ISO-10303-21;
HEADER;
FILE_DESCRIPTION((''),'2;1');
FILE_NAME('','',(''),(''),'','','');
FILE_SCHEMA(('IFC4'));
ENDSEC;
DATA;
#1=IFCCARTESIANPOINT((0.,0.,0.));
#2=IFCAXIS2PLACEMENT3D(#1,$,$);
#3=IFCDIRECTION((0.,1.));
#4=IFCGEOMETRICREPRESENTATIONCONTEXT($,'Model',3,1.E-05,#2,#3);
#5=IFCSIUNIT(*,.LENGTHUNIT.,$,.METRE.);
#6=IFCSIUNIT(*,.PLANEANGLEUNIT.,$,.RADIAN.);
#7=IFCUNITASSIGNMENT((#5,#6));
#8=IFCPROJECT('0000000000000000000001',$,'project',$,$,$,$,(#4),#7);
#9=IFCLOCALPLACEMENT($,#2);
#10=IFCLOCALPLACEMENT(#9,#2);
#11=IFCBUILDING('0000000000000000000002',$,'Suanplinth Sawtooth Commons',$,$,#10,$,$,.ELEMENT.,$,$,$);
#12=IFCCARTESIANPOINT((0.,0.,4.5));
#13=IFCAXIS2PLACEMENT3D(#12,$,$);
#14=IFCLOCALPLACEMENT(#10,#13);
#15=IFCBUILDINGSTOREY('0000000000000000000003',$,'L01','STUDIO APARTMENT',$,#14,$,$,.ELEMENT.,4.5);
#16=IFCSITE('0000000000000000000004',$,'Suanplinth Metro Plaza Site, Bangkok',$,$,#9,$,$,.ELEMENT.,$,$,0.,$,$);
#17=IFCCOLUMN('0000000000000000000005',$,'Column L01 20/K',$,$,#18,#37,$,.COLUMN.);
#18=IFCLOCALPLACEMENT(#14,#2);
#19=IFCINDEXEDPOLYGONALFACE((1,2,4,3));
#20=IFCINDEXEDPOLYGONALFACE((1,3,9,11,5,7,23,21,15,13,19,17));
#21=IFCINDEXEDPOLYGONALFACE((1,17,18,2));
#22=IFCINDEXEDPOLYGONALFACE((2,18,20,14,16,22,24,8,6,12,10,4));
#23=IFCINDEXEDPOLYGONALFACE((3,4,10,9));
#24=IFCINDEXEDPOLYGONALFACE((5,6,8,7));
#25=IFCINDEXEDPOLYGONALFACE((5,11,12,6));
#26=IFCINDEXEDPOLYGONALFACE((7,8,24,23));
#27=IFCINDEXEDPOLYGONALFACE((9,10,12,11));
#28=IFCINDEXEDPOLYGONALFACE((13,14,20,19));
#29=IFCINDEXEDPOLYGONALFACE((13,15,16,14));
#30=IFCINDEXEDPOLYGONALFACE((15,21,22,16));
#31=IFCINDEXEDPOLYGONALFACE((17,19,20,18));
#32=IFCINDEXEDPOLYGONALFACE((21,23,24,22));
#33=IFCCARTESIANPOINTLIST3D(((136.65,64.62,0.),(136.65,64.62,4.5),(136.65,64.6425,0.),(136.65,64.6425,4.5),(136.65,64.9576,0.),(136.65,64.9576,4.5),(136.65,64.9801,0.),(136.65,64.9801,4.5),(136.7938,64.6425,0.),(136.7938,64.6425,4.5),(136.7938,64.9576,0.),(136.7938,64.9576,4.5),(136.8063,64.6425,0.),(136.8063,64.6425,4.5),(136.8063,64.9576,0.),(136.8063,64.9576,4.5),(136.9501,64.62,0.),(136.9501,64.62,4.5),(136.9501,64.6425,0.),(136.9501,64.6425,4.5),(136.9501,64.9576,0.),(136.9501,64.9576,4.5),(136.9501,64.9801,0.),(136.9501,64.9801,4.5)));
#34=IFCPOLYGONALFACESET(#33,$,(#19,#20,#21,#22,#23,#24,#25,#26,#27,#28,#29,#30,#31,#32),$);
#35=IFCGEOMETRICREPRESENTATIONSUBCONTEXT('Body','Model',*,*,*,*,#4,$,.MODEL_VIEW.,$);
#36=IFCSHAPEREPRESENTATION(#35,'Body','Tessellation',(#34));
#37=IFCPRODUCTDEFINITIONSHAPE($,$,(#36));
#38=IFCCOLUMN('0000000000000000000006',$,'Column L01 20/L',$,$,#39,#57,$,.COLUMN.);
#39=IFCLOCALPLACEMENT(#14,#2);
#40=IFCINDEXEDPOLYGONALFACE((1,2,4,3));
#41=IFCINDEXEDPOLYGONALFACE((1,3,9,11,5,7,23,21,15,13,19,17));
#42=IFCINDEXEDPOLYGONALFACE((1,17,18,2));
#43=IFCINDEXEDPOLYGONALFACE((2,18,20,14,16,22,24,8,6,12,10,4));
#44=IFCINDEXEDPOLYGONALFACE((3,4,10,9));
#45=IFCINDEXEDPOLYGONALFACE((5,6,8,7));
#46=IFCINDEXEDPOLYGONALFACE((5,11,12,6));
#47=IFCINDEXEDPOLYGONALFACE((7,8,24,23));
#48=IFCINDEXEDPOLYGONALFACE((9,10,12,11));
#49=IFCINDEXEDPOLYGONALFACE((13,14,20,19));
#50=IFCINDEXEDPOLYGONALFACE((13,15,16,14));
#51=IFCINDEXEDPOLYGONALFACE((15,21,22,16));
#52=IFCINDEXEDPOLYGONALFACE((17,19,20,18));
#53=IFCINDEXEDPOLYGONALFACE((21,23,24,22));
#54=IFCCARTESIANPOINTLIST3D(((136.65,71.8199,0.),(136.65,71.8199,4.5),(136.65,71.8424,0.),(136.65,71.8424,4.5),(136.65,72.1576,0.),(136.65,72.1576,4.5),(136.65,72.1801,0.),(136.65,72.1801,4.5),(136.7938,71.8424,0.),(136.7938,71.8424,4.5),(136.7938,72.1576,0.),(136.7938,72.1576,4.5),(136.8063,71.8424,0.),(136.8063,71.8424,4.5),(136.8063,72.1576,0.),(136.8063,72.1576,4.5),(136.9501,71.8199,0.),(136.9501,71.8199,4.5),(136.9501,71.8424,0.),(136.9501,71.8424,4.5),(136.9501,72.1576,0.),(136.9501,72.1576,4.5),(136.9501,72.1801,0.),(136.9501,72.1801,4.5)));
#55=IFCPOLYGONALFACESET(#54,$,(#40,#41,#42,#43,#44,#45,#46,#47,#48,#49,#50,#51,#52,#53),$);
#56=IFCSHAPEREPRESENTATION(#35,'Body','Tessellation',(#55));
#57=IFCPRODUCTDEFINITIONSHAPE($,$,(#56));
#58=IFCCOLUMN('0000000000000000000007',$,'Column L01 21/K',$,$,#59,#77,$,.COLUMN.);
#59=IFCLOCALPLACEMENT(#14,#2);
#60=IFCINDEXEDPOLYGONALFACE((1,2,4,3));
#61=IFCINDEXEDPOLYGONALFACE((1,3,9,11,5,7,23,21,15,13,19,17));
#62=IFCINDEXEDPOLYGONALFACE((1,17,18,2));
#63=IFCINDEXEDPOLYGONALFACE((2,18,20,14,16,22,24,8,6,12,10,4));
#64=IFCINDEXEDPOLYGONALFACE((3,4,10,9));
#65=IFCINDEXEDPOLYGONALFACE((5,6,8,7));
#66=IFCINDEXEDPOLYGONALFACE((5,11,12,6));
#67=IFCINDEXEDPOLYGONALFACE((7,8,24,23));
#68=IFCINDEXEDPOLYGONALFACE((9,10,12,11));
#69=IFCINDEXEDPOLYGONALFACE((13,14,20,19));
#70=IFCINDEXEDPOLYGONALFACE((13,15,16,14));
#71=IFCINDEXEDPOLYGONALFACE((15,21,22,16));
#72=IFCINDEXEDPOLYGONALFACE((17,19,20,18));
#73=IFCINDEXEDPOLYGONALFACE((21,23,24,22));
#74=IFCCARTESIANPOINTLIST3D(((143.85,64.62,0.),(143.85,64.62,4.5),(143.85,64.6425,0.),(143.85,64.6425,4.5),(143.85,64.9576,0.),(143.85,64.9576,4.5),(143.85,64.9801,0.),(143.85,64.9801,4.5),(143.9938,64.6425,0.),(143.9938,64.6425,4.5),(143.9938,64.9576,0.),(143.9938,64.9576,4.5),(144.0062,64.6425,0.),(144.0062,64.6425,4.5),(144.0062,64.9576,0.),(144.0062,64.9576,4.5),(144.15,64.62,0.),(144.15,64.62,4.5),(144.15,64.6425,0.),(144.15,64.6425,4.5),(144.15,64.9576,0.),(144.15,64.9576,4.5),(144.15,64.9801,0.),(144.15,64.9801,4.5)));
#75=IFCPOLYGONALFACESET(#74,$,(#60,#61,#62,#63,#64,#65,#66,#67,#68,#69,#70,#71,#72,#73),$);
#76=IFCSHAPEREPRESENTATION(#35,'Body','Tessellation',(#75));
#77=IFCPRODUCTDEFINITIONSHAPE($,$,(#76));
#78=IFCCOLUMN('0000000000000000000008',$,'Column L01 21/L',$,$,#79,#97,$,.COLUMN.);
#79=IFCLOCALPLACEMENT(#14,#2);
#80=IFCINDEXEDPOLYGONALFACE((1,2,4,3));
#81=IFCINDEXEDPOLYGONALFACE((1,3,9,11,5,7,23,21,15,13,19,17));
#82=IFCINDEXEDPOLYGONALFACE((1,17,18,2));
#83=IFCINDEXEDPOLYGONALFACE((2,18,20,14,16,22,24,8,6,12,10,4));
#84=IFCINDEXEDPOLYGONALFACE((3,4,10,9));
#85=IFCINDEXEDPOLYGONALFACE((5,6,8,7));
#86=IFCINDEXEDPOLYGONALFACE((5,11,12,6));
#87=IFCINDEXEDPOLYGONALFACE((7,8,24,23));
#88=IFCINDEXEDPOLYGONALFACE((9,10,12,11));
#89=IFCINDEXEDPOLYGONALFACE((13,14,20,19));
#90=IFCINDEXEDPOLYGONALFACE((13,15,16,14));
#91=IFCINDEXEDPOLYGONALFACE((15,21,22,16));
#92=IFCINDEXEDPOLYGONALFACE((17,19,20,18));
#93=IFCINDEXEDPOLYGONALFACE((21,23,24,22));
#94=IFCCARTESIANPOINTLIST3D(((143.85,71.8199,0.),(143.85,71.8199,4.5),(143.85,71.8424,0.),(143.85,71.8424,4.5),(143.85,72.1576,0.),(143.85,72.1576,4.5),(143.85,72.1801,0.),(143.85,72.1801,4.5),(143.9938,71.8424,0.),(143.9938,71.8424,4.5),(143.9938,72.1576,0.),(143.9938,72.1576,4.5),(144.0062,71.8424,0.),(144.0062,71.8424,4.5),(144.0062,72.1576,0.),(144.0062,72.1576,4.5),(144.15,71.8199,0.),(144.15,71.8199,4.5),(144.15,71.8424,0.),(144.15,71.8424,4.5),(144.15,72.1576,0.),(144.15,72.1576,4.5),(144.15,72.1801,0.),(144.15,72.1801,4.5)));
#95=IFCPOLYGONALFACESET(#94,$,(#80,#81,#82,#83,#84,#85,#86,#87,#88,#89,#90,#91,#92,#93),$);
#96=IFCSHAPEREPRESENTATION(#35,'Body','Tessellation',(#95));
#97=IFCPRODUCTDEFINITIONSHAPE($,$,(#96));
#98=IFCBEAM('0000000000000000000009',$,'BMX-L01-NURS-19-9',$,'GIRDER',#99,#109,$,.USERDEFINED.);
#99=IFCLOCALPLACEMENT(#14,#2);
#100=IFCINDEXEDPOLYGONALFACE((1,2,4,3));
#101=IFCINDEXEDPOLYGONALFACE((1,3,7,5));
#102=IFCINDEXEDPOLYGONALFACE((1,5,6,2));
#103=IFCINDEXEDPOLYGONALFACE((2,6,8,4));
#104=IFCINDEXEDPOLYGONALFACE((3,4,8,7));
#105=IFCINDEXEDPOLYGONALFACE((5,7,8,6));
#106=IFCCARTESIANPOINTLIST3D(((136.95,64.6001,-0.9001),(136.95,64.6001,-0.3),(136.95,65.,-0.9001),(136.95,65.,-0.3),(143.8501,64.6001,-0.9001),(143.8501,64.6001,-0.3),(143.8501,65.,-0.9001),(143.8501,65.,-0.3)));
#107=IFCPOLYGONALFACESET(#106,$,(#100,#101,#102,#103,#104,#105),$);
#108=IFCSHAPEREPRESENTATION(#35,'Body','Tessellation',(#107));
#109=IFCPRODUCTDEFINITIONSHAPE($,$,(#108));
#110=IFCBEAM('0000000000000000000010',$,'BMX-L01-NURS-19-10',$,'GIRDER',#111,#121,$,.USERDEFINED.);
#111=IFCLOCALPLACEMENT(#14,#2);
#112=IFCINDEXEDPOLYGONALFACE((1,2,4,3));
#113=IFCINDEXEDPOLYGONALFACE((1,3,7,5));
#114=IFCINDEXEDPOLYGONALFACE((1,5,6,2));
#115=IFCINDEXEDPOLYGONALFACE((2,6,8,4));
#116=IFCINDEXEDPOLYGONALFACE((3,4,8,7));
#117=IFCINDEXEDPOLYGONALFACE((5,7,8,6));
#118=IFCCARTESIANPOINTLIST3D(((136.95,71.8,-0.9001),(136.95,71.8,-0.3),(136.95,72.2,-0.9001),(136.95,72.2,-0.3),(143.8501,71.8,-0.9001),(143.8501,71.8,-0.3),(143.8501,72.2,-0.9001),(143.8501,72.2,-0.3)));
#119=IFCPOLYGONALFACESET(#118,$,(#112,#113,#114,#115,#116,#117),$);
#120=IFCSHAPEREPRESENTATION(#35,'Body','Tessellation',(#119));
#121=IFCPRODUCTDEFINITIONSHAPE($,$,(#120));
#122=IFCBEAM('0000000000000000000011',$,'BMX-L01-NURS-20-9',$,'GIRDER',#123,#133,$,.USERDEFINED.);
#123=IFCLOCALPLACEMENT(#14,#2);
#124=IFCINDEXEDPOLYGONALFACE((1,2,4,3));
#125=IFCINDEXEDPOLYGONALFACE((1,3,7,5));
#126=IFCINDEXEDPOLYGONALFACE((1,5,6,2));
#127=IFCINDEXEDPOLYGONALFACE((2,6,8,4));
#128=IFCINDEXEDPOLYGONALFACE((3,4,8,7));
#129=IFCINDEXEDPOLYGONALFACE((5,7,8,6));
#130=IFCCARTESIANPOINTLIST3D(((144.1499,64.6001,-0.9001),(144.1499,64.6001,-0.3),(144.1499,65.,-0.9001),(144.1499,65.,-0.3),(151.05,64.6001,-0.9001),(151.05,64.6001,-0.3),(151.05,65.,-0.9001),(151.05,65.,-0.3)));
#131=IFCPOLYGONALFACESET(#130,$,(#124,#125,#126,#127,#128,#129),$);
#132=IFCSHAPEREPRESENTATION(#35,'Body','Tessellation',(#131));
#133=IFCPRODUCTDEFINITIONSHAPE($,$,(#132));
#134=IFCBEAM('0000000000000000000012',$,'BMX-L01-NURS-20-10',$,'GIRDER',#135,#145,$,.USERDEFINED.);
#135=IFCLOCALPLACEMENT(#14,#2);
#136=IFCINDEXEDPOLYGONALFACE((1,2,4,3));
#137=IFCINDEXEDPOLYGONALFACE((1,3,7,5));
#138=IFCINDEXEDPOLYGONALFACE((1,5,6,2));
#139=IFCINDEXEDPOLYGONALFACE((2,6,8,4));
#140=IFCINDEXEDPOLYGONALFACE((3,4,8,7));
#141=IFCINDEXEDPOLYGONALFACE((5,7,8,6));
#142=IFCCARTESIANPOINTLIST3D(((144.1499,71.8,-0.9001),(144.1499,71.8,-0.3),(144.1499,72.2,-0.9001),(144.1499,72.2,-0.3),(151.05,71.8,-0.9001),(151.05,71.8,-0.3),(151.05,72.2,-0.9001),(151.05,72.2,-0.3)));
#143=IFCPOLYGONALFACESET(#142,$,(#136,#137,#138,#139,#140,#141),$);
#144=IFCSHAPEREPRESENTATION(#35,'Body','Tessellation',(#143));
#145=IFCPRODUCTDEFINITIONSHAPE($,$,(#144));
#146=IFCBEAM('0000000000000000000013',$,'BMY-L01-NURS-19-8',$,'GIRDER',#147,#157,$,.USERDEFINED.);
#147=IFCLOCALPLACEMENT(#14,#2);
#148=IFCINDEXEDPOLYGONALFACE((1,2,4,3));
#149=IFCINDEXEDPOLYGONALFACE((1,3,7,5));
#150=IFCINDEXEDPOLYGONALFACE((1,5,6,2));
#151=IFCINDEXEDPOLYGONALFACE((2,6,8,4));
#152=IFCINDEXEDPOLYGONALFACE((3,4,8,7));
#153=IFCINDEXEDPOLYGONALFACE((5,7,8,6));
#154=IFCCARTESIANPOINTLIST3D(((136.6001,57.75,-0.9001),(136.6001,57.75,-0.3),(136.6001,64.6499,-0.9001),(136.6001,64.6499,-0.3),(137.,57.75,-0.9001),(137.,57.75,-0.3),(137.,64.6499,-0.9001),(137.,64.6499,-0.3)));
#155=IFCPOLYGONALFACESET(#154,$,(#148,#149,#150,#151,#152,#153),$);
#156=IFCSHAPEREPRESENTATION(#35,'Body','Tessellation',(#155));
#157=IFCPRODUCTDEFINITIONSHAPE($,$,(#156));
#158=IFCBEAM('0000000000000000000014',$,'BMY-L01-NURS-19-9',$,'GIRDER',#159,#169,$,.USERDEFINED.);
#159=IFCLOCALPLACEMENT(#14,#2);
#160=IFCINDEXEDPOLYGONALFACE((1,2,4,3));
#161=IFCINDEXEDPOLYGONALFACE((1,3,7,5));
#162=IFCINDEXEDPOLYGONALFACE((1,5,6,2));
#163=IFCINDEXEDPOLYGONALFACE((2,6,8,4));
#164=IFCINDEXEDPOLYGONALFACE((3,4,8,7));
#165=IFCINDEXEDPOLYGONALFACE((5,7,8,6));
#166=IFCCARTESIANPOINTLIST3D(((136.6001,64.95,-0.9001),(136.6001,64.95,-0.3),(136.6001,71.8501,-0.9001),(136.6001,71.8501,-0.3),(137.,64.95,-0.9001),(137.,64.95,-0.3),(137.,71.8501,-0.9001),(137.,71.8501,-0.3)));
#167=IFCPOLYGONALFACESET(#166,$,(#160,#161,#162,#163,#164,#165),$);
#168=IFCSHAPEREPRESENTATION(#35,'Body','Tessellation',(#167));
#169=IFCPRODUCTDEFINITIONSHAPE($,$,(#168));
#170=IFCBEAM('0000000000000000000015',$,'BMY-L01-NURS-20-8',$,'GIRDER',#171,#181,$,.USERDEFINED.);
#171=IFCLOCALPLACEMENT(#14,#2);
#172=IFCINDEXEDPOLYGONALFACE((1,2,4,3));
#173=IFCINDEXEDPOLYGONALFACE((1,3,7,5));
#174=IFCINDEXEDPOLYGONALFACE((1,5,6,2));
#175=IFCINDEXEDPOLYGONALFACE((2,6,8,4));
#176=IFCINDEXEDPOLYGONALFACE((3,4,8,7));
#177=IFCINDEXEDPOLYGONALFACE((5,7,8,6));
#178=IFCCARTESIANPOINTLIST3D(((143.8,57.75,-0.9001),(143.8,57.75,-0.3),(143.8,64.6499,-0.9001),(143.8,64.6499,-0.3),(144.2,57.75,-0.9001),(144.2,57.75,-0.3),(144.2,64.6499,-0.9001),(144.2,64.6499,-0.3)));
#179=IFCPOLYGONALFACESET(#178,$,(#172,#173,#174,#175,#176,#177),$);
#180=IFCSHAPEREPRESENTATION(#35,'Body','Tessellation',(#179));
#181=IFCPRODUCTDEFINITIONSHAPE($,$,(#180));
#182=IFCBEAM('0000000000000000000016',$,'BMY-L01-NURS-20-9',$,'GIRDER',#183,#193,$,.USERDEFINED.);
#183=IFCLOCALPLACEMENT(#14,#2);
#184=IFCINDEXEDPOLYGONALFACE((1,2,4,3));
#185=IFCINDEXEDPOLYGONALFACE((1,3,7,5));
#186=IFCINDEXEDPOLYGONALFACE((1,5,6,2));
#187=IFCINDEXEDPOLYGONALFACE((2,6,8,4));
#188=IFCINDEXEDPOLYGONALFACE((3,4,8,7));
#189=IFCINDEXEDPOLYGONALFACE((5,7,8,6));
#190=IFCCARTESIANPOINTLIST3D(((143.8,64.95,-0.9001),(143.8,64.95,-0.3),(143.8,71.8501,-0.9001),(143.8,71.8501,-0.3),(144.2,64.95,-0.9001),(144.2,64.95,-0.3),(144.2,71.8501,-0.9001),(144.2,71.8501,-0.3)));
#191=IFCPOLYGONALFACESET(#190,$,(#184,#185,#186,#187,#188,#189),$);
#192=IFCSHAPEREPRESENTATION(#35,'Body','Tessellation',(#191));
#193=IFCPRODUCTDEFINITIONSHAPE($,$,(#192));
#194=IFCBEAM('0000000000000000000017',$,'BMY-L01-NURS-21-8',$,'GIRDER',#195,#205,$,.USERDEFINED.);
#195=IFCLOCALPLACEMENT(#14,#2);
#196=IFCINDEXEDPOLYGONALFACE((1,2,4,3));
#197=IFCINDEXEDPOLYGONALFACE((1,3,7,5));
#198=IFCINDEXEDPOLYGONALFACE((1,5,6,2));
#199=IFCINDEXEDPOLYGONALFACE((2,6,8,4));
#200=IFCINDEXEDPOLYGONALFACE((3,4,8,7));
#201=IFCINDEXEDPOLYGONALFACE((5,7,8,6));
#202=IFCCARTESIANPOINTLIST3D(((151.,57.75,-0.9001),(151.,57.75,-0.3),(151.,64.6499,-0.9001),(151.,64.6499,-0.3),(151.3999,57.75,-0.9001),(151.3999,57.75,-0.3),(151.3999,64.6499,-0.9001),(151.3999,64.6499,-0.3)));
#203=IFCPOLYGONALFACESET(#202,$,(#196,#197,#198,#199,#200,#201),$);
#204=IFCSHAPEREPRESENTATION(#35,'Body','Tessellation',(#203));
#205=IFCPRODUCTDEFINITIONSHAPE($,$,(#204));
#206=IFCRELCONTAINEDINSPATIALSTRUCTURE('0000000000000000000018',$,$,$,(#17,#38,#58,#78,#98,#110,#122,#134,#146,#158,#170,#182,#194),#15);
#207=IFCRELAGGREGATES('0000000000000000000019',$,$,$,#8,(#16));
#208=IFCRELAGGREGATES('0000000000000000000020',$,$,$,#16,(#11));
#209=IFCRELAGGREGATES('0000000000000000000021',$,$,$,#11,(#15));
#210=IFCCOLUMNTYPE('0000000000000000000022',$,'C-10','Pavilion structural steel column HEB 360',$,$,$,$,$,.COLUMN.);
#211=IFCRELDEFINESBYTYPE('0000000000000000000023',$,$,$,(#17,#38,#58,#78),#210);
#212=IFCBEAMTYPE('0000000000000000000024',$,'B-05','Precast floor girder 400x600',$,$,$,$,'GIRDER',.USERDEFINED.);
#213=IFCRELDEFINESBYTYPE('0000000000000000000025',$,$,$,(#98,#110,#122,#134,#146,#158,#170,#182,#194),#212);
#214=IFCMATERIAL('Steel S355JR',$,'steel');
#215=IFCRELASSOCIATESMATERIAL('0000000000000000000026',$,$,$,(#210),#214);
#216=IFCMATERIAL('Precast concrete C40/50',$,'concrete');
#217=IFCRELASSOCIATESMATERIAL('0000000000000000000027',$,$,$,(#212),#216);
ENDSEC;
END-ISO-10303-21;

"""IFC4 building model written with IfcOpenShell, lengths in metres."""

from ifc_helpers import new_model, si_unit, direction, frame, origin, origin_2d, place, context, subcontext, project, spatial, rectangle, i_section, extrude, material, material_profile, profile_set, type_object, element, save


model = new_model("IFC4")

# Units and contexts
model_context = context("Model", 3, precision=1e-05, world=origin(), true_north=direction((0.0, 1.0)))
body_context = subcontext(model_context, "Body", "Model", "MODEL_VIEW")
ifc_project = project(units=[si_unit("LENGTHUNIT", "METRE"), si_unit("PLANEANGLEUNIT", "RADIAN")], contexts=[model_context])

# Site, building, storey
site_placement = place(None, origin())
site = spatial("IfcSite", under=ifc_project, at=site_placement, Name="Suanplinth Metro Plaza Site, Bangkok", CompositionType="ELEMENT", RefElevation=0.0)
building_placement = place(site_placement, origin())
building = spatial("IfcBuilding", under=site, at=building_placement, Name="Suanplinth Sawtooth Commons", CompositionType="ELEMENT")
storey_placement = place(building_placement, frame((0.0, 0.0, 4.5)))
storey = spatial("IfcBuildingStorey", under=building, at=storey_placement, Name="L01", Description="STUDIO APARTMENT", CompositionType="ELEMENT", Elevation=4.5)

# Columns
ifc_material_1 = material(Name="Steel S355JR", Category="steel")
ifc_material_profile_1 = material_profile(ifc_material_1, i_section(OverallWidth=0.3, OverallDepth=0.3601, WebThickness=0.0125, FlangeThickness=0.0225, at=origin_2d()), Name="HEB 360")
ifc_profile_set_1 = profile_set([ifc_material_profile_1], Name="Steel S355JR")
column_type = type_object("IfcColumnType", Name="C-10", Description="Pavilion structural steel column HEB 360", PredefinedType="COLUMN", material=ifc_profile_set_1)
for number, where, z_axis, x_axis, name in (
    (1, (136.8, 64.8, 0.0), (0.0, 0.0, 1.0), (1.0, 0.0, 0.0), "Column L01 20/K"),
    (2, (136.8, 72.0, 0.0), (0.0, 0.0, 1.0), (1.0, 0.0, 0.0), "Column L01 20/L"),
    (3, (144.0, 64.8, 0.0), (0.0, 0.0, 1.0), (1.0, 0.0, 0.0), "Column L01 21/K"),
    (4, (144.0, 72.0, 0.0), (0.0, 0.0, 1.0), (1.0, 0.0, 0.0), "Column L01 21/L"),
):
    element("IfcColumn", number, at=place(storey_placement, frame(where, z_axis=z_axis, x_axis=x_axis)), inside=storey, type_object=column_type, Name=name, PredefinedType="COLUMN", context=body_context, shape_type="SweptSolid", body=[
        extrude(i_section(OverallWidth=0.3, OverallDepth=0.3601, WebThickness=0.0125, FlangeThickness=0.0225, at=origin_2d()), origin(), (0.0, 0.0, 1.0), 4.5),
    ])

# Beams
ifc_material_2 = material(Name="Precast concrete C40/50", Category="concrete")
ifc_material_profile_2 = material_profile(ifc_material_2, rectangle(XDim=0.3999, YDim=0.6001, at=origin_2d()), Name="PC-GDR 400x600")
ifc_profile_set_2 = profile_set([ifc_material_profile_2], Name="Precast concrete C40/50")
beam_type = type_object("IfcBeamType", Name="B-05", Description="Precast floor girder 400x600", ElementType="GIRDER", PredefinedType="USERDEFINED", material=ifc_profile_set_2)
for number, where, z_axis, x_axis, name in (
    (5, (136.95, 64.8, -0.6001), (1.0, 0.0, 0.0), (0.0, 1.0, 0.0), "BMX-L01-NURS-19-9"),
    (6, (136.95, 72.0, -0.6001), (1.0, 0.0, 0.0), (0.0, 1.0, 0.0), "BMX-L01-NURS-19-10"),
    (7, (144.1499, 64.8, -0.6001), (1.0, 0.0, 0.0), (0.0, 1.0, 0.0), "BMX-L01-NURS-20-9"),
    (8, (144.1499, 72.0, -0.6001), (1.0, 0.0, 0.0), (0.0, 1.0, 0.0), "BMX-L01-NURS-20-10"),
):
    element("IfcBeam", number, at=place(storey_placement, frame(where, z_axis=z_axis, x_axis=x_axis)), inside=storey, type_object=beam_type, Name=name, ObjectType="GIRDER", PredefinedType="USERDEFINED", context=body_context, shape_type="SweptSolid", body=[
        extrude(rectangle(XDim=0.3999, YDim=0.6001, at=origin_2d()), origin(), (0.0, 0.0, 1.0), 6.9001),
    ])
beam_1_placement = place(storey_placement, frame((136.8, 57.75, -0.6001), z_axis=(0.0, 1.0, 0.0), x_axis=(-1.0, 0.0, 0.0)))
element("IfcBeam", 9, at=beam_1_placement, inside=storey, type_object=beam_type, Name="BMY-L01-NURS-19-8", ObjectType="GIRDER", PredefinedType="USERDEFINED", context=body_context, shape_type="SweptSolid", body=[
    extrude(rectangle(XDim=0.3999, YDim=0.6001, at=origin_2d()), origin(), (0.0, 0.0, 1.0), 6.8999),
])
beam_2_placement = place(storey_placement, frame((136.8, 64.95, -0.6001), z_axis=(0.0, 1.0, 0.0), x_axis=(-1.0, 0.0, 0.0)))
element("IfcBeam", 10, at=beam_2_placement, inside=storey, type_object=beam_type, Name="BMY-L01-NURS-19-9", ObjectType="GIRDER", PredefinedType="USERDEFINED", context=body_context, shape_type="SweptSolid", body=[
    extrude(rectangle(XDim=0.3999, YDim=0.6001, at=origin_2d()), origin(), (0.0, 0.0, 1.0), 6.9001),
])
beam_3_placement = place(storey_placement, frame((144.0, 57.75, -0.6001), z_axis=(0.0, 1.0, 0.0), x_axis=(-1.0, 0.0, 0.0)))
element("IfcBeam", 11, at=beam_3_placement, inside=storey, type_object=beam_type, Name="BMY-L01-NURS-20-8", ObjectType="GIRDER", PredefinedType="USERDEFINED", context=body_context, shape_type="SweptSolid", body=[
    extrude(rectangle(XDim=0.3999, YDim=0.6001, at=origin_2d()), origin(), (0.0, 0.0, 1.0), 6.8999),
])
beam_4_placement = place(storey_placement, frame((144.0, 64.95, -0.6001), z_axis=(0.0, 1.0, 0.0), x_axis=(-1.0, 0.0, 0.0)))
element("IfcBeam", 12, at=beam_4_placement, inside=storey, type_object=beam_type, Name="BMY-L01-NURS-20-9", ObjectType="GIRDER", PredefinedType="USERDEFINED", context=body_context, shape_type="SweptSolid", body=[
    extrude(rectangle(XDim=0.3999, YDim=0.6001, at=origin_2d()), origin(), (0.0, 0.0, 1.0), 6.9001),
])
beam_5_placement = place(storey_placement, frame((151.2, 57.75, -0.6001), z_axis=(0.0, 1.0, 0.0), x_axis=(-1.0, 0.0, 0.0)))
element("IfcBeam", 13, at=beam_5_placement, inside=storey, type_object=beam_type, Name="BMY-L01-NURS-21-8", ObjectType="GIRDER", PredefinedType="USERDEFINED", context=body_context, shape_type="SweptSolid", body=[
    extrude(rectangle(XDim=0.3999, YDim=0.6001, at=origin_2d()), origin(), (0.0, 0.0, 1.0), 6.8999),
])

save(model, "model.ifc")
